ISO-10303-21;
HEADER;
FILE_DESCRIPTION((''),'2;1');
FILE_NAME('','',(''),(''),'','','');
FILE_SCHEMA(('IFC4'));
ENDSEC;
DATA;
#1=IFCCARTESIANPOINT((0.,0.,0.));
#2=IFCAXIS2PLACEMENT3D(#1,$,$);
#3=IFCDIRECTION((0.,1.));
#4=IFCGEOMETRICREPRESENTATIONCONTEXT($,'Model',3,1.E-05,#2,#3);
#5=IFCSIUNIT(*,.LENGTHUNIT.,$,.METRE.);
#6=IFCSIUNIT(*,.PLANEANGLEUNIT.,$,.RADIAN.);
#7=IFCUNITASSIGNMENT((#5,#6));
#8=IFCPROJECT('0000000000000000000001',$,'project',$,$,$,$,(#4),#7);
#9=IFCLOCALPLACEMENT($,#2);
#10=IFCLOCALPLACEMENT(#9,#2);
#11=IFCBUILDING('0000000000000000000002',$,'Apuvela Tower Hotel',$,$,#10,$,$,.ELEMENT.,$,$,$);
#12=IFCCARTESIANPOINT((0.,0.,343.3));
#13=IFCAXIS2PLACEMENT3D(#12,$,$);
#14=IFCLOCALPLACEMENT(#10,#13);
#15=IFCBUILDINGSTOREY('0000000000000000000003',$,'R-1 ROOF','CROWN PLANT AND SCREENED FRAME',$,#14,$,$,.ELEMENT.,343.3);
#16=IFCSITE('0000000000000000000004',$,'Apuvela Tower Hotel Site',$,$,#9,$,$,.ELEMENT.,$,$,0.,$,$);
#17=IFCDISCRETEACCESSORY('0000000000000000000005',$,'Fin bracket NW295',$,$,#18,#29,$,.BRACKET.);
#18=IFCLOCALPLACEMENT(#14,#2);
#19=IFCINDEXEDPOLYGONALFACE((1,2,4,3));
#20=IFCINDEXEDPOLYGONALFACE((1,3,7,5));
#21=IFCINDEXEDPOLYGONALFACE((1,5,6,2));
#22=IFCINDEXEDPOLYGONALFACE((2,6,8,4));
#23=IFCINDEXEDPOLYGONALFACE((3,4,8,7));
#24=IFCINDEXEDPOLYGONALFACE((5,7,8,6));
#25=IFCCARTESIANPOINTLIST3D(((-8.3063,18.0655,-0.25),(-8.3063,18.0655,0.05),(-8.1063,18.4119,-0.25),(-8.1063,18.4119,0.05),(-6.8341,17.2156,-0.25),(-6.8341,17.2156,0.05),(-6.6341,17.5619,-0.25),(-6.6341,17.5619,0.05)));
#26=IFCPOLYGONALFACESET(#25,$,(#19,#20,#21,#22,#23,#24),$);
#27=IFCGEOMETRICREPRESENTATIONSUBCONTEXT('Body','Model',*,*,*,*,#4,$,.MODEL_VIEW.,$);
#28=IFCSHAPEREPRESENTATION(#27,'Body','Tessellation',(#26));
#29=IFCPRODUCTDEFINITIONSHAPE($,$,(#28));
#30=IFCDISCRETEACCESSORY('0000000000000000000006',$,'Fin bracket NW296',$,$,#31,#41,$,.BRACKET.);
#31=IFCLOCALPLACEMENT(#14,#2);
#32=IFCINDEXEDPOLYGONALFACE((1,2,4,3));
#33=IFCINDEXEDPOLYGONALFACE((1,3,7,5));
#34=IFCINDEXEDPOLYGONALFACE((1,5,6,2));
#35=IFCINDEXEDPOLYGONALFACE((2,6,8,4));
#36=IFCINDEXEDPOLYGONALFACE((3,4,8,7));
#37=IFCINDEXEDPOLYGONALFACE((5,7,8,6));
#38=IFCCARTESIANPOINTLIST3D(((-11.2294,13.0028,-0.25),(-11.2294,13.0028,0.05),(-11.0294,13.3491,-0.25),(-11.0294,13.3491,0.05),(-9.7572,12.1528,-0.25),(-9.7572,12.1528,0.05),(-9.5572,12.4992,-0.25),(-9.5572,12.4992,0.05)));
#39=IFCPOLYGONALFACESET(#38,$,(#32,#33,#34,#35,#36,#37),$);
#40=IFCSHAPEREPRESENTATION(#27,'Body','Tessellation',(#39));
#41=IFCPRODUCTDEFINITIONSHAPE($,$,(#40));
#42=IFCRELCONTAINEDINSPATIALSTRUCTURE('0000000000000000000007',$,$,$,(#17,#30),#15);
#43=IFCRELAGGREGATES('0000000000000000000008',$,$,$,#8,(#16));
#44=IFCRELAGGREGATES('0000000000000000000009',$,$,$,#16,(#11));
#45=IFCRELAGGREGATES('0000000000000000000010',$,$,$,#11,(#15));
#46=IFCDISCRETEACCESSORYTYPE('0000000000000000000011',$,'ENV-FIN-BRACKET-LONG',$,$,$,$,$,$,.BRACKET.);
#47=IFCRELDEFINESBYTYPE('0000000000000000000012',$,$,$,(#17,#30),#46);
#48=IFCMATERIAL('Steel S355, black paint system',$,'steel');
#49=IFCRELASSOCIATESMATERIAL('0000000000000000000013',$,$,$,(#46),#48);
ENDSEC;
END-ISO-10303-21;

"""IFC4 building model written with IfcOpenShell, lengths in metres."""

from ifc_helpers import new_model, si_unit, direction, frame, origin, origin_2d, place, context, subcontext, project, spatial, rectangle, extrude, material, type_object, element, save


model = new_model("IFC4")

# Units and contexts
model_context = context("Model", 3, precision=1e-05, world=origin(), true_north=direction((0.0, 1.0)))
body_context = subcontext(model_context, "Body", "Model", "MODEL_VIEW")
ifc_project = project(units=[si_unit("LENGTHUNIT", "METRE"), si_unit("PLANEANGLEUNIT", "RADIAN")], contexts=[model_context])

# Site, building, storey
site_placement = place(None, origin())
site = spatial("IfcSite", under=ifc_project, at=site_placement, Name="Apuvela Tower Hotel Site", CompositionType="ELEMENT", RefElevation=0.0)
building_placement = place(site_placement, origin())
building = spatial("IfcBuilding", under=site, at=building_placement, Name="Apuvela Tower Hotel", CompositionType="ELEMENT")
storey_placement = place(building_placement, frame((0.0, 0.0, 343.3)))
storey = spatial("IfcBuildingStorey", under=building, at=storey_placement, Name="R-1 ROOF", Description="CROWN PLANT AND SCREENED FRAME", CompositionType="ELEMENT", Elevation=343.3)

# Discrete accessories
ifc_material_1 = material(Name="Steel S355, black paint system", Category="steel")
discrete_accessory_type = type_object("IfcDiscreteAccessoryType", Name="ENV-FIN-BRACKET-LONG", PredefinedType="BRACKET", material=ifc_material_1)
for number, where, z_axis, x_axis, name in (
    (1, (-7.4702, 17.8137, -0.25), (0.0, 0.0, 1.0), (-0.5, -0.866025, 0.0), "Fin bracket NW295"),
    (2, (-10.3933, 12.751, -0.25), (0.0, 0.0, 1.0), (-0.5, -0.866025, 0.0), "Fin bracket NW296"),
):
    element("IfcDiscreteAccessory", number, at=place(storey_placement, frame(where, z_axis=z_axis, x_axis=x_axis)), inside=storey, type_object=discrete_accessory_type, Name=name, PredefinedType="BRACKET", context=body_context, shape_type="SweptSolid", body=[
        extrude(rectangle(XDim=0.3999, YDim=1.7, at=origin_2d()), origin(), (0.0, 0.0, 1.0), 0.3),
    ])

save(model, "model.ifc")
